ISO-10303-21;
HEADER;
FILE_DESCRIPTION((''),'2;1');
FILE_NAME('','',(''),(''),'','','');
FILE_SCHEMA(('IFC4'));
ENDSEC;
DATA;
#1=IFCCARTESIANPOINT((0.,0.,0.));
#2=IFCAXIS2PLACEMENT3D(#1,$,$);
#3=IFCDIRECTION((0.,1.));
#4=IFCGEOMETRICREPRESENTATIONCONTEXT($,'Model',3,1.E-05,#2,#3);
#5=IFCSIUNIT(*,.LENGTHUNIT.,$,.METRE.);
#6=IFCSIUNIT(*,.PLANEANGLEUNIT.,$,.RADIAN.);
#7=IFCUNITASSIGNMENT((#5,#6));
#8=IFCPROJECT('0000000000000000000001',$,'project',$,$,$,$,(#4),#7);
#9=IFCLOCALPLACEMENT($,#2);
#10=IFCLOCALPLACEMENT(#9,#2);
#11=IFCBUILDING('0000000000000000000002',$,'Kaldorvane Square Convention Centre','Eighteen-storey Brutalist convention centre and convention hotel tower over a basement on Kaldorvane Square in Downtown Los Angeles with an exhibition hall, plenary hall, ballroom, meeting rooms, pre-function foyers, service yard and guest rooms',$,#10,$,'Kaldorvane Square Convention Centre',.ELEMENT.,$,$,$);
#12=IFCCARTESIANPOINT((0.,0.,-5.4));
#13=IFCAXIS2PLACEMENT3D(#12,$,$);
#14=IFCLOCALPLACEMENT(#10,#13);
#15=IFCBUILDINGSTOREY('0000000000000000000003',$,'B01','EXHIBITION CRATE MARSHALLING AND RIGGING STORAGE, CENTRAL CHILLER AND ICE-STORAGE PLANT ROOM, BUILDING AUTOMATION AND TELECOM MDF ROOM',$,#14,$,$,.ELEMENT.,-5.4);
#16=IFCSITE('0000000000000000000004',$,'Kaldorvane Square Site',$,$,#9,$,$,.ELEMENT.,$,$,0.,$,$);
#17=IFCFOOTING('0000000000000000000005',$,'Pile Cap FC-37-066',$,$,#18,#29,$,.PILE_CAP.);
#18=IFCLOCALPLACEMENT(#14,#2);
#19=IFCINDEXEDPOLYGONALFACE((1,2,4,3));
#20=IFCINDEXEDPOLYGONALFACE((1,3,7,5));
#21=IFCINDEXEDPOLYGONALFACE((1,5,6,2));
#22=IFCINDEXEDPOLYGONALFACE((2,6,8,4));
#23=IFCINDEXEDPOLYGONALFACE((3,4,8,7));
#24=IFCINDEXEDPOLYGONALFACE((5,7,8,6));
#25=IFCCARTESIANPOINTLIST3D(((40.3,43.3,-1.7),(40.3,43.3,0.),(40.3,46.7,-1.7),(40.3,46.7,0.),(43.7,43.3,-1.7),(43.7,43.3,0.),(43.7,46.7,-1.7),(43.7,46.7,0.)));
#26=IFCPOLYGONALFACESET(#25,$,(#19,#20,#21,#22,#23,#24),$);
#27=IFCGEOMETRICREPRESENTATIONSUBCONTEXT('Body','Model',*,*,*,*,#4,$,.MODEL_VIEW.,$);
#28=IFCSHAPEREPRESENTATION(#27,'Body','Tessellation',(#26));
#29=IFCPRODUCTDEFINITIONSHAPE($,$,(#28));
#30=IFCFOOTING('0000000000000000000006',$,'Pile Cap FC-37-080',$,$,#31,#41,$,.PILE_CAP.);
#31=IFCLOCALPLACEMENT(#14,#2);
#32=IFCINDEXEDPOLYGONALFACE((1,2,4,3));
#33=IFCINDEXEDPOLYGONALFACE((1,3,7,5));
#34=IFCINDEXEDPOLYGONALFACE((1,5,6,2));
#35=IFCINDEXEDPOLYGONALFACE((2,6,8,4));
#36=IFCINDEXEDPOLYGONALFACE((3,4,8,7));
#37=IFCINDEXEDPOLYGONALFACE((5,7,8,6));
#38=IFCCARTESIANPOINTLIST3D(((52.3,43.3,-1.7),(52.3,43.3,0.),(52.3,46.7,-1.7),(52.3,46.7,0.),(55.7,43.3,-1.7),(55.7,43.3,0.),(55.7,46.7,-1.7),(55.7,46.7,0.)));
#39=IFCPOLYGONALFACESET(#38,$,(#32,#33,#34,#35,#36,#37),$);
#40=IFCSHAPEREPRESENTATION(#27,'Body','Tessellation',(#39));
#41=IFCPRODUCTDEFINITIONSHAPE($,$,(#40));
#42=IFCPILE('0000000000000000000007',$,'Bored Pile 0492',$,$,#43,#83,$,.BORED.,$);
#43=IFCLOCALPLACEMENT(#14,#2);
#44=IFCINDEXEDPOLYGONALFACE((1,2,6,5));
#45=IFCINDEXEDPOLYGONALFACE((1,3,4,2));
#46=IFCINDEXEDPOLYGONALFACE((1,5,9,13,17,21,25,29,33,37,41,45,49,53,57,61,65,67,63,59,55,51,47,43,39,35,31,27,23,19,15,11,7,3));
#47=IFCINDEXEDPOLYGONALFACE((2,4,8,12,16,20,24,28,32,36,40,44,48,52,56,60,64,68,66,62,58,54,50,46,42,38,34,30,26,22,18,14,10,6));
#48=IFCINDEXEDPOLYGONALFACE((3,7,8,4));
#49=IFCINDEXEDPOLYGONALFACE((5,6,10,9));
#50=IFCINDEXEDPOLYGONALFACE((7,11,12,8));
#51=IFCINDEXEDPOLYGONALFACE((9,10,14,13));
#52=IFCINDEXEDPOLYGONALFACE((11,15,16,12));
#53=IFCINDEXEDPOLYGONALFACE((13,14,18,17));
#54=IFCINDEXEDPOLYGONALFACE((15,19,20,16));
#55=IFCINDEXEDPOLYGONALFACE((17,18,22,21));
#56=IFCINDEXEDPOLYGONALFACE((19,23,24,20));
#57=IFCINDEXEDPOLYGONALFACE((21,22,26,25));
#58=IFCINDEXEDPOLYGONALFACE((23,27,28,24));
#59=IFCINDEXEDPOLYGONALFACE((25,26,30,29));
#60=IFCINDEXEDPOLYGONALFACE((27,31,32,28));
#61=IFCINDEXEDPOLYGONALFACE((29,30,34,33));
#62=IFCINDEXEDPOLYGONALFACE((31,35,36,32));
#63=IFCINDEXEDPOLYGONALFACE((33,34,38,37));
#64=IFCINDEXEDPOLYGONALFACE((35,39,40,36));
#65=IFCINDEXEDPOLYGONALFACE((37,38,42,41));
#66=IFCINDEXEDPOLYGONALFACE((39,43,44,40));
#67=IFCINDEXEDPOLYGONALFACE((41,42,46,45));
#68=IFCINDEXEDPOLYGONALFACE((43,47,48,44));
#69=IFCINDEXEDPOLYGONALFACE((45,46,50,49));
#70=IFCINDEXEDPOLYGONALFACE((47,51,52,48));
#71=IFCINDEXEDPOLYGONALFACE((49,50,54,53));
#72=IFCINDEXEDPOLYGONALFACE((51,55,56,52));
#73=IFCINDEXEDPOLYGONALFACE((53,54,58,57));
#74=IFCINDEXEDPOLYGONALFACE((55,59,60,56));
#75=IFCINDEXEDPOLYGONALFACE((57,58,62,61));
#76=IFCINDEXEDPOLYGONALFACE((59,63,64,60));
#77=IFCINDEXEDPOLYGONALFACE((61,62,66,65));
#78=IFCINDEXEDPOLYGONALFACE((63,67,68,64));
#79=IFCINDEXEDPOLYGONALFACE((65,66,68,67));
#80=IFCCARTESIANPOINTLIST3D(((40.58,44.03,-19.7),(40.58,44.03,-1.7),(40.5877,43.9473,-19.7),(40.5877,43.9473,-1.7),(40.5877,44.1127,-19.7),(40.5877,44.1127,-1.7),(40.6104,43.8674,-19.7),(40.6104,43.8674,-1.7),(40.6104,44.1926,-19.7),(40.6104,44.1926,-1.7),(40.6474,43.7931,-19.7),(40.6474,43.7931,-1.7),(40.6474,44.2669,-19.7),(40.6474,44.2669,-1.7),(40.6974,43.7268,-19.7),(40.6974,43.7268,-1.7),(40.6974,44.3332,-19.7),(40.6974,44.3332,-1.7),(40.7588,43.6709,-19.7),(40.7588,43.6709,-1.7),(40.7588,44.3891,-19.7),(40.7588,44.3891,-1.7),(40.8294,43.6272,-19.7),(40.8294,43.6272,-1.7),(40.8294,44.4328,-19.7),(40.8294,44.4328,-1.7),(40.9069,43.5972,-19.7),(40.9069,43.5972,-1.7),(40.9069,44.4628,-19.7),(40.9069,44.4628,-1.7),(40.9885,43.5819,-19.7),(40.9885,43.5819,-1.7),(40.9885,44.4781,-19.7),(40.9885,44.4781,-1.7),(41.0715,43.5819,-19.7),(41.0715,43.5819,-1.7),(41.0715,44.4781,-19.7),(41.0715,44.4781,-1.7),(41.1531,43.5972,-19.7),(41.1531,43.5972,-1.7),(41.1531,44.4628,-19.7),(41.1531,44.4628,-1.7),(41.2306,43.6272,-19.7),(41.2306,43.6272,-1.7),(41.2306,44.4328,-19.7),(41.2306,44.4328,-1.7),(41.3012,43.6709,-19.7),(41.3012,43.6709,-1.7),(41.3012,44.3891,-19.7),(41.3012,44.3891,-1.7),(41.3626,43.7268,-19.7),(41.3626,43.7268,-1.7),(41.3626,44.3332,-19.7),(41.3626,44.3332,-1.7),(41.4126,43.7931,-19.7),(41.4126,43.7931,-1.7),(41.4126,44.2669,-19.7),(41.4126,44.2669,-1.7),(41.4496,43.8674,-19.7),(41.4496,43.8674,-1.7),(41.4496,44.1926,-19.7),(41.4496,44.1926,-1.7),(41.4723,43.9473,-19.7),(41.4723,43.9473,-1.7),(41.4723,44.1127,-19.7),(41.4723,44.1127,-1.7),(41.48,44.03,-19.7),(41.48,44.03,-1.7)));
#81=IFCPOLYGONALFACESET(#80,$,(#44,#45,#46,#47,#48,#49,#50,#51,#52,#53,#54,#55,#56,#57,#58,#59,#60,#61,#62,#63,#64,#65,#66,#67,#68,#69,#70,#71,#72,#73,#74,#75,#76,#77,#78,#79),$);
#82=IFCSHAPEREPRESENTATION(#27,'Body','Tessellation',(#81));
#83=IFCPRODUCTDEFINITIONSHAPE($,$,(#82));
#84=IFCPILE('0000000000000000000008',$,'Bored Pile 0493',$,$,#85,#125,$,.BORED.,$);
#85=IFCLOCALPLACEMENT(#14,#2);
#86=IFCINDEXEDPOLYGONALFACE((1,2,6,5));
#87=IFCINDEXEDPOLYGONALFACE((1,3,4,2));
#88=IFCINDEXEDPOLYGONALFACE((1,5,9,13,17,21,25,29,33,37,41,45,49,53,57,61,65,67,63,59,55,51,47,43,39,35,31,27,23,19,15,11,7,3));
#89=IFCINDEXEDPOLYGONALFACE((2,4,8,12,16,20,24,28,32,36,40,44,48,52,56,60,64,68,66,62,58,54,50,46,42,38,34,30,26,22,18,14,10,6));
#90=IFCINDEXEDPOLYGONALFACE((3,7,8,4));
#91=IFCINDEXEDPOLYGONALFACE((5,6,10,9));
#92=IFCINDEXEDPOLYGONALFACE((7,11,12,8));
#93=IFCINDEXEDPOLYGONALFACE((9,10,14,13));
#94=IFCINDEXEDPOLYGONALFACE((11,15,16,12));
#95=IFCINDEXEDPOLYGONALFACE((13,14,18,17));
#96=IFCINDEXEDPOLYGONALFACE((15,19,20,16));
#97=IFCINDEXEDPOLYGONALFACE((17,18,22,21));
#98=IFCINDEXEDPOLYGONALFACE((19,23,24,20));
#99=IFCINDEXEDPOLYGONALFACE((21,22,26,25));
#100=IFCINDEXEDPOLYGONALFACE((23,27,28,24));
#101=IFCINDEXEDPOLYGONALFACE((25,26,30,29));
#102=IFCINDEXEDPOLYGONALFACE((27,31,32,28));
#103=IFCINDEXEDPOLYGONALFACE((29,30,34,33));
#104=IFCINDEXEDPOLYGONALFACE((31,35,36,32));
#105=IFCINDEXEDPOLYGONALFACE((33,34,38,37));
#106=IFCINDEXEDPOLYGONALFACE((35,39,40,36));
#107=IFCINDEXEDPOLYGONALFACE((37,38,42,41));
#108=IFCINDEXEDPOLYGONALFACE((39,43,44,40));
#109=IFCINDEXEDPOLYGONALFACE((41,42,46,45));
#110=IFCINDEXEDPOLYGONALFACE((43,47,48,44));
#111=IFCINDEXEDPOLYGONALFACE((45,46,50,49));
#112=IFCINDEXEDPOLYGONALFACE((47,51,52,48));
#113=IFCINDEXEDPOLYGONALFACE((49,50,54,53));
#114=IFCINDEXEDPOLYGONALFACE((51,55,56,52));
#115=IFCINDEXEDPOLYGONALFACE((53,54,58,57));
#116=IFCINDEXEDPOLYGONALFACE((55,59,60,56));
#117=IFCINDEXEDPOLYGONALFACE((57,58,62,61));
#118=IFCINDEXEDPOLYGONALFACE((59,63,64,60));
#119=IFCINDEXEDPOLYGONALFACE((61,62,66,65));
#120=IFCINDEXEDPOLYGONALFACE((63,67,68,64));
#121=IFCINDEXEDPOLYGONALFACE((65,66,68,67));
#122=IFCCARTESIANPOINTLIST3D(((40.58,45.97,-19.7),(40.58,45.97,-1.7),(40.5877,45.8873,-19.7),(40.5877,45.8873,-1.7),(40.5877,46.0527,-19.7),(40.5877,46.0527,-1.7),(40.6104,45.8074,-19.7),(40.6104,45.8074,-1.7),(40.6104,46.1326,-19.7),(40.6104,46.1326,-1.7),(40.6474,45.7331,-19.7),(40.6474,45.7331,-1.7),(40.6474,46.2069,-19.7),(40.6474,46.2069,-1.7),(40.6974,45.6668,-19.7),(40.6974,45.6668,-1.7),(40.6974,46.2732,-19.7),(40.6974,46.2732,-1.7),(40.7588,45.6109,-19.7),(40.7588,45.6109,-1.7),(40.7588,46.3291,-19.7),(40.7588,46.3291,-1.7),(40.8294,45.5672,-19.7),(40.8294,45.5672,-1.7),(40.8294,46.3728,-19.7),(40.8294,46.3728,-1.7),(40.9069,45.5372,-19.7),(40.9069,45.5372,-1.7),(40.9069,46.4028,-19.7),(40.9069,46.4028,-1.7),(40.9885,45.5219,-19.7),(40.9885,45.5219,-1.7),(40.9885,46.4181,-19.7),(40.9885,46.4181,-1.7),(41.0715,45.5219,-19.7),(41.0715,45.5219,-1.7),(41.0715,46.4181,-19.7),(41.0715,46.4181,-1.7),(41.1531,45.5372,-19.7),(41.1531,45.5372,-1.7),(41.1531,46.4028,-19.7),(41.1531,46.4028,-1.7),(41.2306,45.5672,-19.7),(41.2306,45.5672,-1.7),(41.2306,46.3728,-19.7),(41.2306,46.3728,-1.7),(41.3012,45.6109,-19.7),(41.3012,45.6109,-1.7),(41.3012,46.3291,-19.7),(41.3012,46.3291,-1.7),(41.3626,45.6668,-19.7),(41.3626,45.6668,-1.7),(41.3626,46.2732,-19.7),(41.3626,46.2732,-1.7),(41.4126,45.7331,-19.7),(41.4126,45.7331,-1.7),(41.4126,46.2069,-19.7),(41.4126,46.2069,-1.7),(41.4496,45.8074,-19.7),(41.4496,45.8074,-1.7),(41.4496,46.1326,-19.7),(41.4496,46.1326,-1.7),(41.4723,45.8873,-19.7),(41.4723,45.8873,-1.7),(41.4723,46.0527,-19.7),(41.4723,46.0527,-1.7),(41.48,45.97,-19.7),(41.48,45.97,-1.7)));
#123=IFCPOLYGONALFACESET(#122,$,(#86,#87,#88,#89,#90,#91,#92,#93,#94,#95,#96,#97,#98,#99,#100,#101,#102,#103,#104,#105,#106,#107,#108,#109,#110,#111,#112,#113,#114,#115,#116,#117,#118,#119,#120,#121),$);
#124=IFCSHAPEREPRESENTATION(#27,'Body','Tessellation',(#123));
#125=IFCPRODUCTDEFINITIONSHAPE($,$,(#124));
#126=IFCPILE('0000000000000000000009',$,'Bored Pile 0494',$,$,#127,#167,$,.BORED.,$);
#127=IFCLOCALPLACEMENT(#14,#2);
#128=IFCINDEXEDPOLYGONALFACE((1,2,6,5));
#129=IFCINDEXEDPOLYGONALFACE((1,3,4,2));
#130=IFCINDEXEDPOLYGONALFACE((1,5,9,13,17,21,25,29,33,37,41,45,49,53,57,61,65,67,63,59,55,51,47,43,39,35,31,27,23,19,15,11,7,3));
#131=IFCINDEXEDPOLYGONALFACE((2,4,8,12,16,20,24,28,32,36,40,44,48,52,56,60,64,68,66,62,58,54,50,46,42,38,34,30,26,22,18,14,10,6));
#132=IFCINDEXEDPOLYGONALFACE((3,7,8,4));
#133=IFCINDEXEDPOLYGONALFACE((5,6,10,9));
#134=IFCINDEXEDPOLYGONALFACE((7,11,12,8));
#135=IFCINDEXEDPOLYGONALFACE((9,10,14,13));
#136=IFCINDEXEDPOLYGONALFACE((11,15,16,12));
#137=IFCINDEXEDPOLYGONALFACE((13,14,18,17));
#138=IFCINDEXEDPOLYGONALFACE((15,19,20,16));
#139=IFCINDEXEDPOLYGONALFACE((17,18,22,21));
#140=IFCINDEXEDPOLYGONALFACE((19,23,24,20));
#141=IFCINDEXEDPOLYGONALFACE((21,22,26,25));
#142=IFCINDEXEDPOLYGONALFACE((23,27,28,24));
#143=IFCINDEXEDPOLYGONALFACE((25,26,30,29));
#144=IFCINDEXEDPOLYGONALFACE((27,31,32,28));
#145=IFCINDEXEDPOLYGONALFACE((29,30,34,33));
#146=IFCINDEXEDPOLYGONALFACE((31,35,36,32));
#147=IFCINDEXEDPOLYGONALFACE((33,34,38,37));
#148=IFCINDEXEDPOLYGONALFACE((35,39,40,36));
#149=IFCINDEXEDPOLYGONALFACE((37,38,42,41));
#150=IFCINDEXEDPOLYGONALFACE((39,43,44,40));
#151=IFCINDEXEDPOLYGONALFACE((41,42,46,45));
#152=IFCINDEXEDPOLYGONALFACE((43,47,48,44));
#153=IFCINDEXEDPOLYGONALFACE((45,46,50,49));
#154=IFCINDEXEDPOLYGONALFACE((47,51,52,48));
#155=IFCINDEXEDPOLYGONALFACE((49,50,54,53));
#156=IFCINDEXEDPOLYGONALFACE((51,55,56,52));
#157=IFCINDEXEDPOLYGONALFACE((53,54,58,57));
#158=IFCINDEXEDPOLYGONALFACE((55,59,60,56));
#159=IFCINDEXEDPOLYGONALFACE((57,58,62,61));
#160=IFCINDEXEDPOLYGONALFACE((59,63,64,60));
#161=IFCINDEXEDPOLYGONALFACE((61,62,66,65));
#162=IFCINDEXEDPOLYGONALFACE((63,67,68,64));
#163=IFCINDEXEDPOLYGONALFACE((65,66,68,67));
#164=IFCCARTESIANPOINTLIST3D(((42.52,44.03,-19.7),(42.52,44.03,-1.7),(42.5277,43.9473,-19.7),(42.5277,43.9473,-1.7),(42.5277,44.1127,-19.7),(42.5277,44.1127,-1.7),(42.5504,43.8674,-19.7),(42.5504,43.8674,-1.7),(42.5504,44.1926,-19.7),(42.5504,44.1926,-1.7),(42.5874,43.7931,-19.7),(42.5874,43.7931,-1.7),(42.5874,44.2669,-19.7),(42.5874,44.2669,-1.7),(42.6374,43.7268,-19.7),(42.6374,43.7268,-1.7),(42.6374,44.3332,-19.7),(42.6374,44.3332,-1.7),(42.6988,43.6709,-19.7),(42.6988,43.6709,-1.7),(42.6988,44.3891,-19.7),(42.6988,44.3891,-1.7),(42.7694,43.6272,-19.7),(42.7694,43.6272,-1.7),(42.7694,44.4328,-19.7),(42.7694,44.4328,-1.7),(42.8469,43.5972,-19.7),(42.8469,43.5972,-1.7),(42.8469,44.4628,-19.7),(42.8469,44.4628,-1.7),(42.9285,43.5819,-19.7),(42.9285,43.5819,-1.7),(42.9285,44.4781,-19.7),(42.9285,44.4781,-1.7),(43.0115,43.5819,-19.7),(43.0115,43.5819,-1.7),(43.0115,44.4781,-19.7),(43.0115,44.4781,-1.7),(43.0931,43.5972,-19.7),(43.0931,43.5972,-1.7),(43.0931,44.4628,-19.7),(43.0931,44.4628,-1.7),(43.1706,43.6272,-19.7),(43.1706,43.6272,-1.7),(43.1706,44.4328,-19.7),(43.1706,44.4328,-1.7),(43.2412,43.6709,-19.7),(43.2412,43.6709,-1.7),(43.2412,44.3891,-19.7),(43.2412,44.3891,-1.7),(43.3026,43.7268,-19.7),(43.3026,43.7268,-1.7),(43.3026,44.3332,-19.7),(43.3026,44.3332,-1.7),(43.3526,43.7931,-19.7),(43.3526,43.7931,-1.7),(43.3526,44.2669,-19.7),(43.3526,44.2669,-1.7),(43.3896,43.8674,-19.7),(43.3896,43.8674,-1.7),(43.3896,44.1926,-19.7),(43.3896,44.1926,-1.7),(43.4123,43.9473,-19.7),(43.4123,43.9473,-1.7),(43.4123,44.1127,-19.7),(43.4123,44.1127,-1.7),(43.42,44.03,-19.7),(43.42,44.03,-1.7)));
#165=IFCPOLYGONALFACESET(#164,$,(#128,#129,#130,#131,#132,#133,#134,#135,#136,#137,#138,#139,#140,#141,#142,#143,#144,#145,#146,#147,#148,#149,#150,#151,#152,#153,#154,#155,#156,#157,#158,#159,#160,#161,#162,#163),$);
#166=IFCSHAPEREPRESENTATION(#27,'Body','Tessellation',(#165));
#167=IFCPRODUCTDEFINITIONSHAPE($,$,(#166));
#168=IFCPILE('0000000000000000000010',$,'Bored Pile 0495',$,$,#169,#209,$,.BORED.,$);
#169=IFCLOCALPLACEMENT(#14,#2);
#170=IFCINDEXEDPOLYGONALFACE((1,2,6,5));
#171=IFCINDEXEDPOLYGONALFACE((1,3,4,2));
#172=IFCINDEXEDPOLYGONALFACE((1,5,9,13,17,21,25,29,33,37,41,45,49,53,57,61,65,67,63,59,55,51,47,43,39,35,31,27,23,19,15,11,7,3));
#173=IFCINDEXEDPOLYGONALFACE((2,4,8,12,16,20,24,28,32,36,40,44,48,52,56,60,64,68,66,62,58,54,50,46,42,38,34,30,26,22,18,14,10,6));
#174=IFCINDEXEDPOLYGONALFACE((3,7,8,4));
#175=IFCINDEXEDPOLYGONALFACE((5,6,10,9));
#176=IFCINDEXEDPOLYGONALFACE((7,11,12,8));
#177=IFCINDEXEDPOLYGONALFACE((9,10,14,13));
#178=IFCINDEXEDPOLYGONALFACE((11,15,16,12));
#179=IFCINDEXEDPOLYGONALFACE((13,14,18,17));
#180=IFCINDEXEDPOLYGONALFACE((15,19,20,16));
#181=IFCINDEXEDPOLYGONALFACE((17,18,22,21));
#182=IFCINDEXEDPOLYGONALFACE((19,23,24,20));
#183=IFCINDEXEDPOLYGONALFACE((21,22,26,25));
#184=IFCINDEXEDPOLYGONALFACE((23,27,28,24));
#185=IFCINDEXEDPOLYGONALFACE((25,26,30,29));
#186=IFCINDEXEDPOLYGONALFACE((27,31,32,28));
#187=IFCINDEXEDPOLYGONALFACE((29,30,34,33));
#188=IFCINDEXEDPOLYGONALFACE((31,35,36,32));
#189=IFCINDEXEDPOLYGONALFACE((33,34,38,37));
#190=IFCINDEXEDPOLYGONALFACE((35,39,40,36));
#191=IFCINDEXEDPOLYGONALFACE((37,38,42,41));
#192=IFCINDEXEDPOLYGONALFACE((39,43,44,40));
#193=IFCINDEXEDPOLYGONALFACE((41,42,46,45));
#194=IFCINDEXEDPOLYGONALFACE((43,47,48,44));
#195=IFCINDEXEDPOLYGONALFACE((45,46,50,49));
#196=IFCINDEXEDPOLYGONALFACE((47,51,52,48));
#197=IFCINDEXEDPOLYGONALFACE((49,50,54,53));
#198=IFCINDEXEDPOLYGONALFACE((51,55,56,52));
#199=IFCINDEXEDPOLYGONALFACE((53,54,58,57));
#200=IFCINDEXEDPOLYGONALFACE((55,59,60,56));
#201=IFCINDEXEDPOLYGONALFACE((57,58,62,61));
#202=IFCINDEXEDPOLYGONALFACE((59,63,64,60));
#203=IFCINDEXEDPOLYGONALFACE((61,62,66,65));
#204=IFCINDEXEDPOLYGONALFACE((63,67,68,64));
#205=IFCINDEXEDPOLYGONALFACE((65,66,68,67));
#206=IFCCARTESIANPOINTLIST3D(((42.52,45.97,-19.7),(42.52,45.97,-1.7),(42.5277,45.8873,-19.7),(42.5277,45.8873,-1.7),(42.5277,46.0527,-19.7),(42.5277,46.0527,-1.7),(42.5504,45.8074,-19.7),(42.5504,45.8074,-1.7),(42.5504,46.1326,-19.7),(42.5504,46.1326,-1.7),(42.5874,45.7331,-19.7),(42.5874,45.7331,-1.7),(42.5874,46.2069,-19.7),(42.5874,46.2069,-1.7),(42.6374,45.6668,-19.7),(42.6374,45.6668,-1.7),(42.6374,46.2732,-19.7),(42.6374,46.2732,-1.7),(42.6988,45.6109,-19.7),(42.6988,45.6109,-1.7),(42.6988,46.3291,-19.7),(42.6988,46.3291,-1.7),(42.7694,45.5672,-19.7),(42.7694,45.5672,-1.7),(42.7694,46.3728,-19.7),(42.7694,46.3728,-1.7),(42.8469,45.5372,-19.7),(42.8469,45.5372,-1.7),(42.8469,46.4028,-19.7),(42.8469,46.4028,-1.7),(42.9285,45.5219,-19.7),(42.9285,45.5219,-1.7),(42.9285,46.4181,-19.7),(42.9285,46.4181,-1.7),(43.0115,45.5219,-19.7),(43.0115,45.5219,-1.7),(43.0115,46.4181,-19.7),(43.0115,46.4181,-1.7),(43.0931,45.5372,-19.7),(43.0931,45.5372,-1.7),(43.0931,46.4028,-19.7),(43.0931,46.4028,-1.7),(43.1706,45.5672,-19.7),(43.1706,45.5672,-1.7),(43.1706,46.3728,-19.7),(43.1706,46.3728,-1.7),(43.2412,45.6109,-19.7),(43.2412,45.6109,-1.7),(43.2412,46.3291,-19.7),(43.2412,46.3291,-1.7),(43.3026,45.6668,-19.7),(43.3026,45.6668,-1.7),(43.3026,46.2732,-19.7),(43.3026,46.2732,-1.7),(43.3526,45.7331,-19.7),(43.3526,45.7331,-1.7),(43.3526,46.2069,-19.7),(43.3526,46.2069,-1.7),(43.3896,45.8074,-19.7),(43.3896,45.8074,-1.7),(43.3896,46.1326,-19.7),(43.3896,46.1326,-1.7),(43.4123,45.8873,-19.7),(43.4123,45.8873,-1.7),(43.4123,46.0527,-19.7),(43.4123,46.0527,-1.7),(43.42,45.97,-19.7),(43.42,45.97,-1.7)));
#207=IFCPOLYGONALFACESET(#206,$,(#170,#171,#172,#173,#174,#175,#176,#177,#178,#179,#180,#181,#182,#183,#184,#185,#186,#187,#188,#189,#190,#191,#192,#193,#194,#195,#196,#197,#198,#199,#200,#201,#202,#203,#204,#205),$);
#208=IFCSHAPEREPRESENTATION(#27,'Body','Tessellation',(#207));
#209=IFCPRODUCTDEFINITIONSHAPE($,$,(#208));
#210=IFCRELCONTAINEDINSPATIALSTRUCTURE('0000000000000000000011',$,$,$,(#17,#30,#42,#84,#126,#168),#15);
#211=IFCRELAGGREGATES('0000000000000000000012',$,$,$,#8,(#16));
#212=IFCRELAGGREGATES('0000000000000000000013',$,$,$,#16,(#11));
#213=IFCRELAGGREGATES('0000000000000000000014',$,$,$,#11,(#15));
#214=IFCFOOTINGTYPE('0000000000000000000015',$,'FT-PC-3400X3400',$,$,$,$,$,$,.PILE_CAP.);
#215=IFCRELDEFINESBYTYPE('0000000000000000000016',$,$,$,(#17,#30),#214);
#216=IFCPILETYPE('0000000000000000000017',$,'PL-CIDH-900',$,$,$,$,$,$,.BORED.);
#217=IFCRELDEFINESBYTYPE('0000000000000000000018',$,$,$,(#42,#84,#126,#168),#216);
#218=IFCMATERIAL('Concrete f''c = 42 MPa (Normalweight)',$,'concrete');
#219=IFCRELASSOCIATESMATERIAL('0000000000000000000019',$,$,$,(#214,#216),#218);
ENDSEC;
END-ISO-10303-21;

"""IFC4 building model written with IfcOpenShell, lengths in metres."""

from ifc_helpers import new_model, si_unit, direction, frame, origin, origin_2d, place, context, subcontext, project, spatial, rectangle, circle, extrude, material, material_profile, profile_set, type_object, element, save


model = new_model("IFC4")

# Units and contexts
model_context = context("Model", 3, precision=1e-05, world=origin(), true_north=direction((0.0, 1.0)))
body_context = subcontext(model_context, "Body", "Model", "MODEL_VIEW")
ifc_project = project(units=[si_unit("LENGTHUNIT", "METRE"), si_unit("PLANEANGLEUNIT", "RADIAN")], contexts=[model_context])

# Site, building, storey
site_placement = place(None, origin())
site = spatial("IfcSite", under=ifc_project, at=site_placement, Name="Kaldorvane Square Site", CompositionType="ELEMENT", RefElevation=0.0)
building_placement = place(site_placement, origin())
building = spatial("IfcBuilding", under=site, at=building_placement, Name="Kaldorvane Square Convention Centre", Description="Eighteen-storey Brutalist convention centre and convention hotel tower over a basement on Kaldorvane Square in Downtown Los Angeles with an exhibition hall, plenary hall, ballroom, meeting rooms, pre-function foyers, service yard and guest rooms", LongName="Kaldorvane Square Convention Centre", CompositionType="ELEMENT")
storey_placement = place(building_placement, frame((0.0, 0.0, -5.4)))
storey = spatial("IfcBuildingStorey", under=building, at=storey_placement, Name="B01", Description="EXHIBITION CRATE MARSHALLING AND RIGGING STORAGE, CENTRAL CHILLER AND ICE-STORAGE PLANT ROOM, BUILDING AUTOMATION AND TELECOM MDF ROOM", CompositionType="ELEMENT", Elevation=-5.4)

# Footings
ifc_material_1 = material(Name="Concrete f'c = 42 MPa (Normalweight)", Category="concrete")
footing_type = type_object("IfcFootingType", Name="FT-PC-3400X3400", PredefinedType="PILE_CAP", material=ifc_material_1)
for number, where, z_axis, x_axis, name in (
    (1, (42.0, 45.0, -1.7), (0.0, 0.0, 1.0), (1.0, 0.0, 0.0), "Pile Cap FC-37-066"),
    (2, (54.0, 45.0, -1.7), (0.0, 0.0, 1.0), (1.0, 0.0, 0.0), "Pile Cap FC-37-080"),
):
    element("IfcFooting", number, at=place(storey_placement, frame(where, z_axis=z_axis, x_axis=x_axis)), inside=storey, type_object=footing_type, Name=name, PredefinedType="PILE_CAP", context=body_context, shape_type="SweptSolid", body=[
        extrude(rectangle(XDim=3.4, YDim=3.4, at=origin_2d()), origin(), (0.0, 0.0, 1.0), 1.7),
    ])

# Piles
ifc_material_profile_1 = material_profile(ifc_material_1, circle(Radius=0.45, at=origin_2d()), Name="PILE-D900")
ifc_profile_set_1 = profile_set([ifc_material_profile_1], Name="Concrete f'c = 42 MPa (Normalweight)")
pile_type = type_object("IfcPileType", Name="PL-CIDH-900", PredefinedType="BORED", material=ifc_profile_set_1)
for number, where, z_axis, x_axis, name in (
    (3, (41.03, 44.03, -1.7), (0.0, 0.0, -1.0), (1.0, 0.0, 0.0), "Bored Pile 0492"),
    (4, (41.03, 45.97, -1.7), (0.0, 0.0, -1.0), (1.0, 0.0, 0.0), "Bored Pile 0493"),
    (5, (42.97, 44.03, -1.7), (0.0, 0.0, -1.0), (1.0, 0.0, 0.0), "Bored Pile 0494"),
    (6, (42.97, 45.97, -1.7), (0.0, 0.0, -1.0), (1.0, 0.0, 0.0), "Bored Pile 0495"),
):
    element("IfcPile", number, at=place(storey_placement, frame(where, z_axis=z_axis, x_axis=x_axis)), inside=storey, type_object=pile_type, Name=name, PredefinedType="BORED", context=body_context, shape_type="SweptSolid", body=[
        extrude(circle(Radius=0.45, at=origin_2d()), origin(), (0.0, 0.0, 1.0), 18.0),
    ])

save(model, "model.ifc")
